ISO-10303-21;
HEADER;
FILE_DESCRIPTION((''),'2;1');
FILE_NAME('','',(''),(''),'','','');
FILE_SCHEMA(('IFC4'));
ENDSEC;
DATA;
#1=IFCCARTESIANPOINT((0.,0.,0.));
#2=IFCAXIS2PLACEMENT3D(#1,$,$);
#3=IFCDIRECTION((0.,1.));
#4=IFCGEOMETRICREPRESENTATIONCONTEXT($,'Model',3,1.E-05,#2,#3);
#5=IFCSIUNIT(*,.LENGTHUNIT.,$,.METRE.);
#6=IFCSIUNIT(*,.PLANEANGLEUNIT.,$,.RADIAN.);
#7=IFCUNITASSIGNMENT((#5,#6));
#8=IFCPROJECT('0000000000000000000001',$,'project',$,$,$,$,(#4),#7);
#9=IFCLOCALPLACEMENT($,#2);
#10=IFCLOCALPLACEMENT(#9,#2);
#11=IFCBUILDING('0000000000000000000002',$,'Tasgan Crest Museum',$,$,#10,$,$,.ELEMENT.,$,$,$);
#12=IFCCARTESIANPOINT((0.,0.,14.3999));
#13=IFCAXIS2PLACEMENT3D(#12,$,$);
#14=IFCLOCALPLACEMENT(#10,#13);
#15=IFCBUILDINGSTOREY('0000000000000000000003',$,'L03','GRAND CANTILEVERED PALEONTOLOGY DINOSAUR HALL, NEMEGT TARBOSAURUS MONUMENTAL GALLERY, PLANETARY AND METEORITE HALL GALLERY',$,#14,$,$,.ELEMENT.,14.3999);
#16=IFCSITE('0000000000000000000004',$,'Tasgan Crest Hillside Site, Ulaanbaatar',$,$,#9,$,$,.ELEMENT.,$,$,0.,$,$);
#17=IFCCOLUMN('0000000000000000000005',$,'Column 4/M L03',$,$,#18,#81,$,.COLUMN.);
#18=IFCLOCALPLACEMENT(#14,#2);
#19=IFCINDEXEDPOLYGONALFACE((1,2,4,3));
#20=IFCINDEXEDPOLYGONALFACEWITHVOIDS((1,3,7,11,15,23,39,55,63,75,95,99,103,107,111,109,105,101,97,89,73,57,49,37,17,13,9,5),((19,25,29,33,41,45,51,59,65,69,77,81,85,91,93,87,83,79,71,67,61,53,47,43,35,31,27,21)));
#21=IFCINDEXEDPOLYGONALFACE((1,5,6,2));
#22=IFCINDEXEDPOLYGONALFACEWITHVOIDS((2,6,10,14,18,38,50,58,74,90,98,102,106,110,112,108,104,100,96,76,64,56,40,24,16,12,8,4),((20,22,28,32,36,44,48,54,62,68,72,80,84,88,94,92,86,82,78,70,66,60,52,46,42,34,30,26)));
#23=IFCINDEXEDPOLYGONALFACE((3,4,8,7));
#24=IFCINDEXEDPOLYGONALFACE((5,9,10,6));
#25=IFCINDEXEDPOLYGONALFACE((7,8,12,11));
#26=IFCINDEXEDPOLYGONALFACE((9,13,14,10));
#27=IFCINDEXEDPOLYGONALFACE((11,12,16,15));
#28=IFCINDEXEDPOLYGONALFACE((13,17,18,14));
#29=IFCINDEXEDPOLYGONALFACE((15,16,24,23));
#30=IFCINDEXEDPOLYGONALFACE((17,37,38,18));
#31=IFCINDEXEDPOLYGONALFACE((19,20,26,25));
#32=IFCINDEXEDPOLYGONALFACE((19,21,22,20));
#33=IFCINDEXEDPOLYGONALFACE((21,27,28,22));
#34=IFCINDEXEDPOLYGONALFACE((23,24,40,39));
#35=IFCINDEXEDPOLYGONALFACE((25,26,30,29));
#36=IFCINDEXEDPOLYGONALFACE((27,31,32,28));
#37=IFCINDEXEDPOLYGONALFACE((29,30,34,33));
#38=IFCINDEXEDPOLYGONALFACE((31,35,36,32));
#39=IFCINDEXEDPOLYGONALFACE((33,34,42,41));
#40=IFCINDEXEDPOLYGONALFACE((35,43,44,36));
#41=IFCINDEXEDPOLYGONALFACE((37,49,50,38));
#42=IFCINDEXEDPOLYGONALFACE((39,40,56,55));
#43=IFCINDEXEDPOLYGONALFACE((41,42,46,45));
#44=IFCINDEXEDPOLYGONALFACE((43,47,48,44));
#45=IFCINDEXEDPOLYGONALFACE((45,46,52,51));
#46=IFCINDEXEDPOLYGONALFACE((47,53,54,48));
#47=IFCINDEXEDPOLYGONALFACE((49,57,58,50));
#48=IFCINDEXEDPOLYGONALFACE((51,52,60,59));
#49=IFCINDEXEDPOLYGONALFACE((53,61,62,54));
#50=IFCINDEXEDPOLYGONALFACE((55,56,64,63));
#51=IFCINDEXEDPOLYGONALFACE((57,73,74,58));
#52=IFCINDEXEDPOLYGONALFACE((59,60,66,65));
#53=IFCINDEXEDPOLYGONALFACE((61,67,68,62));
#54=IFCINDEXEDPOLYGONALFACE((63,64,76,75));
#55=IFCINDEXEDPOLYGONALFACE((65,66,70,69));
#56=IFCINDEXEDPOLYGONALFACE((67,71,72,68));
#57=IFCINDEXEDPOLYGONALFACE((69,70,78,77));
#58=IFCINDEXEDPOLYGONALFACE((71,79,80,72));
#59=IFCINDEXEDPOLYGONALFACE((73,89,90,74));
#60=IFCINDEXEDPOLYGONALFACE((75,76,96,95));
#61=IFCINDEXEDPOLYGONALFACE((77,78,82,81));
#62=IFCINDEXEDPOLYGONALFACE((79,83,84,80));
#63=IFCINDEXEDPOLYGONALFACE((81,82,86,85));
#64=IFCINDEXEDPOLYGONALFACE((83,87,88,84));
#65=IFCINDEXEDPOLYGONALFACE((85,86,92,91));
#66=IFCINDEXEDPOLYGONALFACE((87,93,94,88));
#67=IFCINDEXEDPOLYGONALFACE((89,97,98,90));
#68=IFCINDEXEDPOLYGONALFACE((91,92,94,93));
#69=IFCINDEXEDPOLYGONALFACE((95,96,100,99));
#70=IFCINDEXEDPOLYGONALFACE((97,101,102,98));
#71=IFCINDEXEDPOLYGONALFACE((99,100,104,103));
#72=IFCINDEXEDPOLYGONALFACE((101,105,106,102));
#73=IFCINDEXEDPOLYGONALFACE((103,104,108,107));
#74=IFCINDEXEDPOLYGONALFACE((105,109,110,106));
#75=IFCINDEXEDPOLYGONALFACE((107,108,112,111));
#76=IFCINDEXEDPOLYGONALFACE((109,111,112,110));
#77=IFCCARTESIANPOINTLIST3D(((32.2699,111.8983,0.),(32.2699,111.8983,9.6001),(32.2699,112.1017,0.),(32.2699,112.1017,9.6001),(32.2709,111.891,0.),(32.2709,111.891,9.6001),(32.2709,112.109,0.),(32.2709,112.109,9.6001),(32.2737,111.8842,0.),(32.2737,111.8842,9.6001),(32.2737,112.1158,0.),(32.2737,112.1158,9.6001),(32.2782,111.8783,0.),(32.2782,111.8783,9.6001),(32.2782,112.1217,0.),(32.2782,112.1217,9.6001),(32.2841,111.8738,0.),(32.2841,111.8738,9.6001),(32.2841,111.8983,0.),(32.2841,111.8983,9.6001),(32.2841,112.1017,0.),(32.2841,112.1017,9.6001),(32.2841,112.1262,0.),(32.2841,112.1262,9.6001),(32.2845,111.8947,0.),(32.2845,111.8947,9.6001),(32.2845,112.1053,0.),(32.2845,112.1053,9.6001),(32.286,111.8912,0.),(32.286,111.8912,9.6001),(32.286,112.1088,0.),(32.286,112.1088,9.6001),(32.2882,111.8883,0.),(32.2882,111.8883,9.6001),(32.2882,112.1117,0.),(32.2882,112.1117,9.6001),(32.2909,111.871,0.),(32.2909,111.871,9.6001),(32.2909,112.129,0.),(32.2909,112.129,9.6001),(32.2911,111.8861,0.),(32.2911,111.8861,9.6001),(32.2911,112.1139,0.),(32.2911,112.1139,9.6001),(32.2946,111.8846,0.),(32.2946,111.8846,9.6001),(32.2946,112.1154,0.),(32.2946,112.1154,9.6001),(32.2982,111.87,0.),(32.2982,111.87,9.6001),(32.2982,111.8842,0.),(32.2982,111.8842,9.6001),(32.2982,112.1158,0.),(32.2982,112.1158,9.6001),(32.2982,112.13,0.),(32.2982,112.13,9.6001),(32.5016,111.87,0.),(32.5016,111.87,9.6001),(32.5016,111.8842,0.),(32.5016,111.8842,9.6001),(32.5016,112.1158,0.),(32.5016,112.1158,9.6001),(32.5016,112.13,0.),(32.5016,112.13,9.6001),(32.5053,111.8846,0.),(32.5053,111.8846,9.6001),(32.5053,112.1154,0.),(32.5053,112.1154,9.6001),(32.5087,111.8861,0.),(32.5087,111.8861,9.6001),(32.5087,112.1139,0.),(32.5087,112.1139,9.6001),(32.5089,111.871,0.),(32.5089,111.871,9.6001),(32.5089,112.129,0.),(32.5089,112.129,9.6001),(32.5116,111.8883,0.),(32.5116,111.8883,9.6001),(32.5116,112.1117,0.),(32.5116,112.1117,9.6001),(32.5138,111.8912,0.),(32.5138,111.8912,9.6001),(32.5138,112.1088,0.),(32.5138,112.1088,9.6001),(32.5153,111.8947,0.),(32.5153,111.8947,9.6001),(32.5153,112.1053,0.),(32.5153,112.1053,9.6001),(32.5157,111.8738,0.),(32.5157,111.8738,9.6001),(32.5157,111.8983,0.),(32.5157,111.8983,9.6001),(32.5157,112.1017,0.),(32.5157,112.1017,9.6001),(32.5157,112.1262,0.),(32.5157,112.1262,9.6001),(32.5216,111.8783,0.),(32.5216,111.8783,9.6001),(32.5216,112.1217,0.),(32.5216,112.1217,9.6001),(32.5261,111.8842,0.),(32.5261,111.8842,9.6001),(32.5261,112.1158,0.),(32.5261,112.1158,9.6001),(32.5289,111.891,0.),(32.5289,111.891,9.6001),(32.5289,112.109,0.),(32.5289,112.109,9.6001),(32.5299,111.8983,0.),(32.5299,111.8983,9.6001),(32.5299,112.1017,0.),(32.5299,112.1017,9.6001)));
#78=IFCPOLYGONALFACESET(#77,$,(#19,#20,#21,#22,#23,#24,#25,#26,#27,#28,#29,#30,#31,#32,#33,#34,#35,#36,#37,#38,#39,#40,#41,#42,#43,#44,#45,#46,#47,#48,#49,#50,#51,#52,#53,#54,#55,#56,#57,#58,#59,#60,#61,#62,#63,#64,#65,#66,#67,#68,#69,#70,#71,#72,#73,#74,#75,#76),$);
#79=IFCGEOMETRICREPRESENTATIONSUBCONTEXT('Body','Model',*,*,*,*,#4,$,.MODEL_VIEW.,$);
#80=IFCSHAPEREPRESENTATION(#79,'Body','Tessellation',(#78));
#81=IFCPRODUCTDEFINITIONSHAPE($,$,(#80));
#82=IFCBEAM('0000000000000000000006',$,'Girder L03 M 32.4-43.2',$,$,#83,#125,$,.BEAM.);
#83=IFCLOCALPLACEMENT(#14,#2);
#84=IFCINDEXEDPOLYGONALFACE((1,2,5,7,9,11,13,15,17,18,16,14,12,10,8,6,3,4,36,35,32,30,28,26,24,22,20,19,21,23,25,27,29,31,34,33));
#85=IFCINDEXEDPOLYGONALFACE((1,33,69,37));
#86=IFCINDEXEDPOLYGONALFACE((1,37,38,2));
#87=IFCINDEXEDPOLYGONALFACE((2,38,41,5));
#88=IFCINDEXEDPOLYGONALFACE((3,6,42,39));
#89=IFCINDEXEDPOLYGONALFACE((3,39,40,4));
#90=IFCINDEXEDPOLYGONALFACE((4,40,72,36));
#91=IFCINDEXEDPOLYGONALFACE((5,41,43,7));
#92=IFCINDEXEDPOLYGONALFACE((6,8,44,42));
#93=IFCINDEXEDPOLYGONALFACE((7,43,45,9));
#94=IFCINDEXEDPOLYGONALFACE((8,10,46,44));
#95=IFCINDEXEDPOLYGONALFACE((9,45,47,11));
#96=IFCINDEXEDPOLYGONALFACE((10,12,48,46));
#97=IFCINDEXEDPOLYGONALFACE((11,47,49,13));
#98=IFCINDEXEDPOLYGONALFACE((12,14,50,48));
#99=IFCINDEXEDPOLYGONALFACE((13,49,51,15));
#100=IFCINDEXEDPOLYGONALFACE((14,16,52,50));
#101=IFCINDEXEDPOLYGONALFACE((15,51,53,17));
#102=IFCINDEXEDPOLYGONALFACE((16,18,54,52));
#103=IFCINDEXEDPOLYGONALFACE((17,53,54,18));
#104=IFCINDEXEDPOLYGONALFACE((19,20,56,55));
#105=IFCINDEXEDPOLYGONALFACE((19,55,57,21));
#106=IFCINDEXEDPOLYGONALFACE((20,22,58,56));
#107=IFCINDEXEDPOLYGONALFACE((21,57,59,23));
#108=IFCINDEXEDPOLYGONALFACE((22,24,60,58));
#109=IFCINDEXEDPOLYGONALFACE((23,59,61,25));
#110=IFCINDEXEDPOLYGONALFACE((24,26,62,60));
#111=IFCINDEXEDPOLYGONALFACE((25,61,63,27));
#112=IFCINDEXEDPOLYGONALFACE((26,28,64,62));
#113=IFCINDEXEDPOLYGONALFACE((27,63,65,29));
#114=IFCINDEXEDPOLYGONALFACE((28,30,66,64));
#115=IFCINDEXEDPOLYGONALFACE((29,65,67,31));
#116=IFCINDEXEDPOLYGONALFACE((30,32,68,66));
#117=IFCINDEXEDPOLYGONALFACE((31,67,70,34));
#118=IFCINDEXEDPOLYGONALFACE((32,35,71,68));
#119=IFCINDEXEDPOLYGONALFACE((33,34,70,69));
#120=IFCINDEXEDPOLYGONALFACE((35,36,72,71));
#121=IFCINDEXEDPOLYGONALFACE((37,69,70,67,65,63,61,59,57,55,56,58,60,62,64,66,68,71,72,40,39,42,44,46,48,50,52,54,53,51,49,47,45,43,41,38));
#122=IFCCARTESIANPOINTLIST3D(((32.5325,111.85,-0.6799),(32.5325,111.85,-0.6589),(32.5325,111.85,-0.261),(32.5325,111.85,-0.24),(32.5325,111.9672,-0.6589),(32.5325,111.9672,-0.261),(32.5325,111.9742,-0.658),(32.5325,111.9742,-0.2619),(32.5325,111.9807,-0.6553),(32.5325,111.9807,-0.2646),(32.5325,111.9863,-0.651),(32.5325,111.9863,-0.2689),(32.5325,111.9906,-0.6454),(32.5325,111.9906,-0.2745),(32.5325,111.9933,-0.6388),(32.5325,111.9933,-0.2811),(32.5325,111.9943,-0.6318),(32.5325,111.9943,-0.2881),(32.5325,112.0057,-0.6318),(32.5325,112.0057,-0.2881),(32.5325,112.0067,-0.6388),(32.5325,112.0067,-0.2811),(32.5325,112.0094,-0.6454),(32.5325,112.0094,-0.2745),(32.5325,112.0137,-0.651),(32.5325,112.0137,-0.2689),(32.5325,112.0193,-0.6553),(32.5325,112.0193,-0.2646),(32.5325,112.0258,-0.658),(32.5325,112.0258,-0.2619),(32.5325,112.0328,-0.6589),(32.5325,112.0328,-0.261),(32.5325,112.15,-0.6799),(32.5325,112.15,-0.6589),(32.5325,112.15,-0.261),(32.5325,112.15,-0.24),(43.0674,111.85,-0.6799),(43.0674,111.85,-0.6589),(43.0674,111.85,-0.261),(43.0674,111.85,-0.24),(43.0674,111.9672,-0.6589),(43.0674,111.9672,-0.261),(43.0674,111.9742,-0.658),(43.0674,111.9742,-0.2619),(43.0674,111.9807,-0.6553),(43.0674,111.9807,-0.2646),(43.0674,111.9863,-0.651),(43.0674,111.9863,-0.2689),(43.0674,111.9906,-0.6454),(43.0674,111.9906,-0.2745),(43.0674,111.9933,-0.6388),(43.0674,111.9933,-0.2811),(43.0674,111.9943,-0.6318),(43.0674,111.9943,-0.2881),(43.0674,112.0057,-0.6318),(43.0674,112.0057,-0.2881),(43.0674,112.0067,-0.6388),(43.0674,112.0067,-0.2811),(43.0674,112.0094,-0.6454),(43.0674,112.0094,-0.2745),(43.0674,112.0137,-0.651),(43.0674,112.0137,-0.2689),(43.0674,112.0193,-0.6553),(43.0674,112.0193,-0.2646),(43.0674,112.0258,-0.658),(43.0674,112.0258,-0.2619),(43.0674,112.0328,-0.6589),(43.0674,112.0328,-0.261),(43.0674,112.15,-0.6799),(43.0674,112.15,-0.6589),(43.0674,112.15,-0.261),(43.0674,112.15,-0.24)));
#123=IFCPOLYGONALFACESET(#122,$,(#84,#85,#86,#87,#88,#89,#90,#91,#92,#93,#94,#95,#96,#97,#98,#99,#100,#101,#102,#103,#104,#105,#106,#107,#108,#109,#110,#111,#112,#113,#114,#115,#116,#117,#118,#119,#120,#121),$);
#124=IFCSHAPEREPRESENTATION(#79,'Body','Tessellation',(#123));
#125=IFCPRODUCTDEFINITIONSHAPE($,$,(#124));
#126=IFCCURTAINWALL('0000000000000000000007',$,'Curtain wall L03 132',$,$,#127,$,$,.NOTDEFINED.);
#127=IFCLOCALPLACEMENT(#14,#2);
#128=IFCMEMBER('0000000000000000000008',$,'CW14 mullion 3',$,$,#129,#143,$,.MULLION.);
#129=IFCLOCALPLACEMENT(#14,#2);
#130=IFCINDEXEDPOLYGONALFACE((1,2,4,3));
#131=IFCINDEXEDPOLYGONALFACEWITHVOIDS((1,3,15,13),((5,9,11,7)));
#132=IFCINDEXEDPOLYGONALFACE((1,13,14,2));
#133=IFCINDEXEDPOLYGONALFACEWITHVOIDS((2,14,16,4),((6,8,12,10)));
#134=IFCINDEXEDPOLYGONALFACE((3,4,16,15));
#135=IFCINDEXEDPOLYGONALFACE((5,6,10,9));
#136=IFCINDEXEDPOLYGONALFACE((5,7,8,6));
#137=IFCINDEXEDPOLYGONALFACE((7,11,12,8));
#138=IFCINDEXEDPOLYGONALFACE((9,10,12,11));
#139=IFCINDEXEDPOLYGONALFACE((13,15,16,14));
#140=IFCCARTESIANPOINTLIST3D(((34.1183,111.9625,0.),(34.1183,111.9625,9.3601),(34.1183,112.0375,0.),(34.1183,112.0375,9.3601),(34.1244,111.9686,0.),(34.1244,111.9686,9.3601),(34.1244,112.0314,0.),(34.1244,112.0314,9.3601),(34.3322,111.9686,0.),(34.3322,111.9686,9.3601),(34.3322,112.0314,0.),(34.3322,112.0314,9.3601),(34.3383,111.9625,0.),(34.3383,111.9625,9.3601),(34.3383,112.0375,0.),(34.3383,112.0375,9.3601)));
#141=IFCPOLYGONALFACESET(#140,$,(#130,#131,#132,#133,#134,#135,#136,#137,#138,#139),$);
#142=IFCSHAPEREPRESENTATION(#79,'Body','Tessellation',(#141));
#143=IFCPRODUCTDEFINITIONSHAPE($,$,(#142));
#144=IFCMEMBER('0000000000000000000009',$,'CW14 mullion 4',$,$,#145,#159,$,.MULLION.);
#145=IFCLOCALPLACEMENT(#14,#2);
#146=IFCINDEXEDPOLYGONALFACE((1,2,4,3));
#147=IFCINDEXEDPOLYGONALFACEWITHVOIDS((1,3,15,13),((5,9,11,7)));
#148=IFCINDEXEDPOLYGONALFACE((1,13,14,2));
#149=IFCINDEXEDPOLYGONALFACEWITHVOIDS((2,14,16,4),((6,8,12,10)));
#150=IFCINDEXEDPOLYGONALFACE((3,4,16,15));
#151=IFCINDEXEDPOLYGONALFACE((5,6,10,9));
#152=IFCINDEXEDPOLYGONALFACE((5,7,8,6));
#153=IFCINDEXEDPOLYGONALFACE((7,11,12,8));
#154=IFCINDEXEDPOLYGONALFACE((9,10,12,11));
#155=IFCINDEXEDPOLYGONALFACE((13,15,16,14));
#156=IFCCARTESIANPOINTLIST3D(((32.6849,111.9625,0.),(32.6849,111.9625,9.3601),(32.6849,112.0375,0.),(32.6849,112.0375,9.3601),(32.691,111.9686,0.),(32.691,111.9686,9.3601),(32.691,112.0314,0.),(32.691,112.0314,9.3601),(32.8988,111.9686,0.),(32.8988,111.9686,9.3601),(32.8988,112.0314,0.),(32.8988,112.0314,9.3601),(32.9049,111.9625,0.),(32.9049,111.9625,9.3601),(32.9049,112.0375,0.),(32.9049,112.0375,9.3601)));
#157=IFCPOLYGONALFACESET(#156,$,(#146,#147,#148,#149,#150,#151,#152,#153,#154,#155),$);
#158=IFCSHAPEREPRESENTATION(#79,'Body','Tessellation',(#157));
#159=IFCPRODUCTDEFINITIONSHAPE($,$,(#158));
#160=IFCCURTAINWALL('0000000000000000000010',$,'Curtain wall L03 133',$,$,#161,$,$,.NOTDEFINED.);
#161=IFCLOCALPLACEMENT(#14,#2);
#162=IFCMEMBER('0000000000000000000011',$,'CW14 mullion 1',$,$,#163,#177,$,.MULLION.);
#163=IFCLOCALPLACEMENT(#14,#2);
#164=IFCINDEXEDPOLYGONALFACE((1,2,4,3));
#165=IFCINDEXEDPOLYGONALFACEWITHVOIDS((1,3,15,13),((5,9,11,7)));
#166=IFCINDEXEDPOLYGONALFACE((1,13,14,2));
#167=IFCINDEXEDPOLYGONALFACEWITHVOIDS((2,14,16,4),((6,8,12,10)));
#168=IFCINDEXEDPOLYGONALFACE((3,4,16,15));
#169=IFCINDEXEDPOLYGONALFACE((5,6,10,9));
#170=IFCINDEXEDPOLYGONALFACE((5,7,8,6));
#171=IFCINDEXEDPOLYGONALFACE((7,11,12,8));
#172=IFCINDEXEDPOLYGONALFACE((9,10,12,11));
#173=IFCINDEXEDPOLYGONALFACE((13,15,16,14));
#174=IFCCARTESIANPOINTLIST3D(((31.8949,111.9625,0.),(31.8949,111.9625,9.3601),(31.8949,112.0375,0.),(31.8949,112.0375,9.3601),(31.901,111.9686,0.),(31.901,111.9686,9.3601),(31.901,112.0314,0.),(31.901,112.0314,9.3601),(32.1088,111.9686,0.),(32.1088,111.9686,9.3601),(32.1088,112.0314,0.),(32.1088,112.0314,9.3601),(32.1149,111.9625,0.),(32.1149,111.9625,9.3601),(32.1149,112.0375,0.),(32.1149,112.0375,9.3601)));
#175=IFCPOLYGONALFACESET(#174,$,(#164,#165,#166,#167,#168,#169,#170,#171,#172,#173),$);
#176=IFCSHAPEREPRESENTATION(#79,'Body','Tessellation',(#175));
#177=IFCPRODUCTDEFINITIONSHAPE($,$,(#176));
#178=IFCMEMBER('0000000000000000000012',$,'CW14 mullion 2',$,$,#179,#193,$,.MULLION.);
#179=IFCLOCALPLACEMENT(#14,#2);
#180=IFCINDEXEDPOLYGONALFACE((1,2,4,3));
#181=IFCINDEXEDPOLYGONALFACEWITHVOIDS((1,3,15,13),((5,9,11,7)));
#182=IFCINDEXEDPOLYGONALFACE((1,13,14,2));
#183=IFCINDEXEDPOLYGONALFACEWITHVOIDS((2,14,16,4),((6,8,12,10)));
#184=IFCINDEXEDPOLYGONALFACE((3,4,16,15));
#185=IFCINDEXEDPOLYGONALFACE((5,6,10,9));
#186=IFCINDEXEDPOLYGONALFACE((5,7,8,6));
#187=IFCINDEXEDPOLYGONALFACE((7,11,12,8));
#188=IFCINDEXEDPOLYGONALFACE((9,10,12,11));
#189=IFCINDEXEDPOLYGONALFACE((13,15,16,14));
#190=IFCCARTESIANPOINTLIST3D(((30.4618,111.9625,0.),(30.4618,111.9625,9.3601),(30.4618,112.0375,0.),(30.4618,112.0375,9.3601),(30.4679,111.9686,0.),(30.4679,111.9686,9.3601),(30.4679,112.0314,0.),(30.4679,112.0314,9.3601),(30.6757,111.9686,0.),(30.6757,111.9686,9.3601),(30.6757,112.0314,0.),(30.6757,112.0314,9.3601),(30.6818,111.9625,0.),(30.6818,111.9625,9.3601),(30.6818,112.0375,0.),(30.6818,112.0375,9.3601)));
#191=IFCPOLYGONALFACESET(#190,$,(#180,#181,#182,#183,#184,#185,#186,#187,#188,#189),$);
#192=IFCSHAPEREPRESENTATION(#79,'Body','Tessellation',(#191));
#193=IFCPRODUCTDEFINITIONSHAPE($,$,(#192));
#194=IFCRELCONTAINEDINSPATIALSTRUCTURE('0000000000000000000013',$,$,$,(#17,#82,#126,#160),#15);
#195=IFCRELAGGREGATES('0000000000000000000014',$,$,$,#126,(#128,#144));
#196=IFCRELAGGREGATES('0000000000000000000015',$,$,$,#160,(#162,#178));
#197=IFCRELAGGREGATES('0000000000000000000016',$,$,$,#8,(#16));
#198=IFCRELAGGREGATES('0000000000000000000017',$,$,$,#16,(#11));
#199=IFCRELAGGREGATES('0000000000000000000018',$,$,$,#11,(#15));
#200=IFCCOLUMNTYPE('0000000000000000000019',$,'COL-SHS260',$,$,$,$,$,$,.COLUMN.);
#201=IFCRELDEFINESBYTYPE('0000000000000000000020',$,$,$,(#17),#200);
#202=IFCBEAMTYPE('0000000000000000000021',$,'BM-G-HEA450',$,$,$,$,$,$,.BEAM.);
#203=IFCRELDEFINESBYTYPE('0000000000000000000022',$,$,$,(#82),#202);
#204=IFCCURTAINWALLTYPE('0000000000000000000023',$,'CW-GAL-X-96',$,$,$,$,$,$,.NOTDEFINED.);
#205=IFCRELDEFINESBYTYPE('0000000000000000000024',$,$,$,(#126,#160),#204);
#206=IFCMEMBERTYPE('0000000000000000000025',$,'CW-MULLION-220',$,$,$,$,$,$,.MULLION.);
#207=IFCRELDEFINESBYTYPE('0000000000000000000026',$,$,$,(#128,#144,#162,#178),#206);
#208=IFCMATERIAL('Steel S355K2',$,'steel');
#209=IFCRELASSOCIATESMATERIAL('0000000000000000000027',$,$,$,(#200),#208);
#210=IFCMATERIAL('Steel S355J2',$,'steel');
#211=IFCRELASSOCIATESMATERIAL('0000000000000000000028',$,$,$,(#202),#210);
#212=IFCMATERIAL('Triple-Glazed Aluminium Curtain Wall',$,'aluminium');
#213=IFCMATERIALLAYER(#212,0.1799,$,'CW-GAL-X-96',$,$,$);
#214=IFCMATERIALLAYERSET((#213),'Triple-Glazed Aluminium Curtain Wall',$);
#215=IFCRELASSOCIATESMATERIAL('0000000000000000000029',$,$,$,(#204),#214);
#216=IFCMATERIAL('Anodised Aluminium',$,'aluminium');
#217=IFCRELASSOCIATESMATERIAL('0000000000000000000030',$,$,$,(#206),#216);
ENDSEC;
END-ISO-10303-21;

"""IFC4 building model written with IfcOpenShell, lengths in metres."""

from ifc_helpers import new_model, si_unit, direction, frame, origin, origin_2d, place, context, subcontext, project, spatial, hollow_rectangle, i_section, extrude, material, layer, layer_set, material_profile, profile_set, type_object, element, aggregate, save


model = new_model("IFC4")

# Units and contexts
model_context = context("Model", 3, precision=1e-05, world=origin(), true_north=direction((0.0, 1.0)))
body_context = subcontext(model_context, "Body", "Model", "MODEL_VIEW")
ifc_project = project(units=[si_unit("LENGTHUNIT", "METRE"), si_unit("PLANEANGLEUNIT", "RADIAN")], contexts=[model_context])

# Site, building, storey
site_placement = place(None, origin())
site = spatial("IfcSite", under=ifc_project, at=site_placement, Name="Tasgan Crest Hillside Site, Ulaanbaatar", CompositionType="ELEMENT", RefElevation=0.0)
building_placement = place(site_placement, origin())
building = spatial("IfcBuilding", under=site, at=building_placement, Name="Tasgan Crest Museum", CompositionType="ELEMENT")
storey_placement = place(building_placement, frame((0.0, 0.0, 14.3999)))
storey = spatial("IfcBuildingStorey", under=building, at=storey_placement, Name="L03", Description="GRAND CANTILEVERED PALEONTOLOGY DINOSAUR HALL, NEMEGT TARBOSAURUS MONUMENTAL GALLERY, PLANETARY AND METEORITE HALL GALLERY", CompositionType="ELEMENT", Elevation=14.3999)

# Column
ifc_material_1 = material(Name="Steel S355K2", Category="steel")
ifc_material_profile_1 = material_profile(ifc_material_1, hollow_rectangle(XDim=0.26, YDim=0.26, WallThickness=0.0142, InnerFilletRadius=0.0142, OuterFilletRadius=0.0283, at=origin_2d()), Name="SHS 260x260x14.2")
ifc_profile_set_1 = profile_set([ifc_material_profile_1], Name="Steel S355K2")
column_type = type_object("IfcColumnType", Name="COL-SHS260", PredefinedType="COLUMN", material=ifc_profile_set_1)
column_placement = place(storey_placement, frame((32.3999, 112.0, 0.0), z_axis=(0.0, 0.0, 1.0), x_axis=(1.0, 0.0, 0.0)))
element("IfcColumn", 1, at=column_placement, inside=storey, type_object=column_type, Name="Column 4/M L03", PredefinedType="COLUMN", context=body_context, shape_type="SweptSolid", body=[
    extrude(hollow_rectangle(XDim=0.26, YDim=0.26, WallThickness=0.0142, InnerFilletRadius=0.0142, OuterFilletRadius=0.0283, at=origin_2d()), origin(), (0.0, 0.0, 1.0), 9.6001),
])

# Beam
ifc_material_2 = material(Name="Steel S355J2", Category="steel")
ifc_material_profile_2 = material_profile(ifc_material_2, i_section(OverallWidth=0.3, OverallDepth=0.4399, WebThickness=0.0115, FlangeThickness=0.021, FilletRadius=0.0271, at=origin_2d()), Name="HEA 450")
ifc_profile_set_2 = profile_set([ifc_material_profile_2], Name="Steel S355J2")
beam_type = type_object("IfcBeamType", Name="BM-G-HEA450", PredefinedType="BEAM", material=ifc_profile_set_2)
beam_placement = place(storey_placement, frame((32.5325, 112.0, -0.46), z_axis=(1.0, 0.0, 0.0), x_axis=(0.0, 1.0, 0.0)))
element("IfcBeam", 2, at=beam_placement, inside=storey, type_object=beam_type, Name="Girder L03 M 32.4-43.2", PredefinedType="BEAM", context=body_context, shape_type="SweptSolid", body=[
    extrude(i_section(OverallWidth=0.3, OverallDepth=0.4399, WebThickness=0.0115, FlangeThickness=0.021, FilletRadius=0.0271, at=origin_2d()), origin(), (0.0, 0.0, 1.0), 10.5349),
])

# Curtain walls, members
ifc_material_3 = material(Name="Triple-Glazed Aluminium Curtain Wall", Category="aluminium")
ifc_layer_1 = layer(ifc_material_3, 0.1799, Name="CW-GAL-X-96")
ifc_layer_set_1 = layer_set([ifc_layer_1], Name="Triple-Glazed Aluminium Curtain Wall")
curtain_wall_type = type_object("IfcCurtainWallType", Name="CW-GAL-X-96", PredefinedType="NOTDEFINED", material=ifc_layer_set_1)
curtain_wall_1_placement = place(storey_placement, origin())
curtain_wall_1 = element("IfcCurtainWall", 3, at=curtain_wall_1_placement, inside=storey, type_object=curtain_wall_type, Name="Curtain wall L03 132", PredefinedType="NOTDEFINED")
ifc_material_4 = material(Name="Anodised Aluminium", Category="aluminium")
ifc_material_profile_3 = material_profile(ifc_material_4, hollow_rectangle(XDim=0.075, YDim=0.22, WallThickness=0.0061, at=origin_2d()), Name="ALU MULLION 220x75x6")
ifc_profile_set_3 = profile_set([ifc_material_profile_3], Name="Anodised Aluminium")
member_type_1 = type_object("IfcMemberType", Name="CW-MULLION-220", PredefinedType="MULLION", material=ifc_profile_set_3)
member_1_placement = place(storey_placement, frame((34.2283, 112.0, 0.0), z_axis=(0.0, 0.0, 1.0), x_axis=(0.0, -1.0, 0.0)))
member_1 = element("IfcMember", 4, at=member_1_placement, type_object=member_type_1, Name="CW14 mullion 3", PredefinedType="MULLION", context=body_context, shape_type="SweptSolid", body=[
    extrude(hollow_rectangle(XDim=0.075, YDim=0.22, WallThickness=0.0061, at=origin_2d()), origin(), (0.0, 0.0, 1.0), 9.3601),
])
member_2_placement = place(storey_placement, frame((32.7949, 112.0, 0.0), z_axis=(0.0, 0.0, 1.0), x_axis=(0.0, -1.0, 0.0)))
member_2 = element("IfcMember", 5, at=member_2_placement, type_object=member_type_1, Name="CW14 mullion 4", PredefinedType="MULLION", context=body_context, shape_type="SweptSolid", body=[
    extrude(hollow_rectangle(XDim=0.075, YDim=0.22, WallThickness=0.0061, at=origin_2d()), origin(), (0.0, 0.0, 1.0), 9.3601),
])
curtain_wall_2_placement = place(storey_placement, origin())
curtain_wall_2 = element("IfcCurtainWall", 6, at=curtain_wall_2_placement, inside=storey, type_object=curtain_wall_type, Name="Curtain wall L03 133", PredefinedType="NOTDEFINED")
member_3_placement = place(storey_placement, frame((32.0049, 112.0, 0.0), z_axis=(0.0, 0.0, 1.0), x_axis=(0.0, -1.0, 0.0)))
member_3 = element("IfcMember", 7, at=member_3_placement, type_object=member_type_1, Name="CW14 mullion 1", PredefinedType="MULLION", context=body_context, shape_type="SweptSolid", body=[
    extrude(hollow_rectangle(XDim=0.075, YDim=0.22, WallThickness=0.0061, at=origin_2d()), origin(), (0.0, 0.0, 1.0), 9.3601),
])
member_4_placement = place(storey_placement, frame((30.5718, 112.0, 0.0), z_axis=(0.0, 0.0, 1.0), x_axis=(0.0, -1.0, 0.0)))
member_4 = element("IfcMember", 8, at=member_4_placement, type_object=member_type_1, Name="CW14 mullion 2", PredefinedType="MULLION", context=body_context, shape_type="SweptSolid", body=[
    extrude(hollow_rectangle(XDim=0.075, YDim=0.22, WallThickness=0.0061, at=origin_2d()), origin(), (0.0, 0.0, 1.0), 9.3601),
])

aggregate(curtain_wall_1, [member_1, member_2])
aggregate(curtain_wall_2, [member_3, member_4])

save(model, "model.ifc")
